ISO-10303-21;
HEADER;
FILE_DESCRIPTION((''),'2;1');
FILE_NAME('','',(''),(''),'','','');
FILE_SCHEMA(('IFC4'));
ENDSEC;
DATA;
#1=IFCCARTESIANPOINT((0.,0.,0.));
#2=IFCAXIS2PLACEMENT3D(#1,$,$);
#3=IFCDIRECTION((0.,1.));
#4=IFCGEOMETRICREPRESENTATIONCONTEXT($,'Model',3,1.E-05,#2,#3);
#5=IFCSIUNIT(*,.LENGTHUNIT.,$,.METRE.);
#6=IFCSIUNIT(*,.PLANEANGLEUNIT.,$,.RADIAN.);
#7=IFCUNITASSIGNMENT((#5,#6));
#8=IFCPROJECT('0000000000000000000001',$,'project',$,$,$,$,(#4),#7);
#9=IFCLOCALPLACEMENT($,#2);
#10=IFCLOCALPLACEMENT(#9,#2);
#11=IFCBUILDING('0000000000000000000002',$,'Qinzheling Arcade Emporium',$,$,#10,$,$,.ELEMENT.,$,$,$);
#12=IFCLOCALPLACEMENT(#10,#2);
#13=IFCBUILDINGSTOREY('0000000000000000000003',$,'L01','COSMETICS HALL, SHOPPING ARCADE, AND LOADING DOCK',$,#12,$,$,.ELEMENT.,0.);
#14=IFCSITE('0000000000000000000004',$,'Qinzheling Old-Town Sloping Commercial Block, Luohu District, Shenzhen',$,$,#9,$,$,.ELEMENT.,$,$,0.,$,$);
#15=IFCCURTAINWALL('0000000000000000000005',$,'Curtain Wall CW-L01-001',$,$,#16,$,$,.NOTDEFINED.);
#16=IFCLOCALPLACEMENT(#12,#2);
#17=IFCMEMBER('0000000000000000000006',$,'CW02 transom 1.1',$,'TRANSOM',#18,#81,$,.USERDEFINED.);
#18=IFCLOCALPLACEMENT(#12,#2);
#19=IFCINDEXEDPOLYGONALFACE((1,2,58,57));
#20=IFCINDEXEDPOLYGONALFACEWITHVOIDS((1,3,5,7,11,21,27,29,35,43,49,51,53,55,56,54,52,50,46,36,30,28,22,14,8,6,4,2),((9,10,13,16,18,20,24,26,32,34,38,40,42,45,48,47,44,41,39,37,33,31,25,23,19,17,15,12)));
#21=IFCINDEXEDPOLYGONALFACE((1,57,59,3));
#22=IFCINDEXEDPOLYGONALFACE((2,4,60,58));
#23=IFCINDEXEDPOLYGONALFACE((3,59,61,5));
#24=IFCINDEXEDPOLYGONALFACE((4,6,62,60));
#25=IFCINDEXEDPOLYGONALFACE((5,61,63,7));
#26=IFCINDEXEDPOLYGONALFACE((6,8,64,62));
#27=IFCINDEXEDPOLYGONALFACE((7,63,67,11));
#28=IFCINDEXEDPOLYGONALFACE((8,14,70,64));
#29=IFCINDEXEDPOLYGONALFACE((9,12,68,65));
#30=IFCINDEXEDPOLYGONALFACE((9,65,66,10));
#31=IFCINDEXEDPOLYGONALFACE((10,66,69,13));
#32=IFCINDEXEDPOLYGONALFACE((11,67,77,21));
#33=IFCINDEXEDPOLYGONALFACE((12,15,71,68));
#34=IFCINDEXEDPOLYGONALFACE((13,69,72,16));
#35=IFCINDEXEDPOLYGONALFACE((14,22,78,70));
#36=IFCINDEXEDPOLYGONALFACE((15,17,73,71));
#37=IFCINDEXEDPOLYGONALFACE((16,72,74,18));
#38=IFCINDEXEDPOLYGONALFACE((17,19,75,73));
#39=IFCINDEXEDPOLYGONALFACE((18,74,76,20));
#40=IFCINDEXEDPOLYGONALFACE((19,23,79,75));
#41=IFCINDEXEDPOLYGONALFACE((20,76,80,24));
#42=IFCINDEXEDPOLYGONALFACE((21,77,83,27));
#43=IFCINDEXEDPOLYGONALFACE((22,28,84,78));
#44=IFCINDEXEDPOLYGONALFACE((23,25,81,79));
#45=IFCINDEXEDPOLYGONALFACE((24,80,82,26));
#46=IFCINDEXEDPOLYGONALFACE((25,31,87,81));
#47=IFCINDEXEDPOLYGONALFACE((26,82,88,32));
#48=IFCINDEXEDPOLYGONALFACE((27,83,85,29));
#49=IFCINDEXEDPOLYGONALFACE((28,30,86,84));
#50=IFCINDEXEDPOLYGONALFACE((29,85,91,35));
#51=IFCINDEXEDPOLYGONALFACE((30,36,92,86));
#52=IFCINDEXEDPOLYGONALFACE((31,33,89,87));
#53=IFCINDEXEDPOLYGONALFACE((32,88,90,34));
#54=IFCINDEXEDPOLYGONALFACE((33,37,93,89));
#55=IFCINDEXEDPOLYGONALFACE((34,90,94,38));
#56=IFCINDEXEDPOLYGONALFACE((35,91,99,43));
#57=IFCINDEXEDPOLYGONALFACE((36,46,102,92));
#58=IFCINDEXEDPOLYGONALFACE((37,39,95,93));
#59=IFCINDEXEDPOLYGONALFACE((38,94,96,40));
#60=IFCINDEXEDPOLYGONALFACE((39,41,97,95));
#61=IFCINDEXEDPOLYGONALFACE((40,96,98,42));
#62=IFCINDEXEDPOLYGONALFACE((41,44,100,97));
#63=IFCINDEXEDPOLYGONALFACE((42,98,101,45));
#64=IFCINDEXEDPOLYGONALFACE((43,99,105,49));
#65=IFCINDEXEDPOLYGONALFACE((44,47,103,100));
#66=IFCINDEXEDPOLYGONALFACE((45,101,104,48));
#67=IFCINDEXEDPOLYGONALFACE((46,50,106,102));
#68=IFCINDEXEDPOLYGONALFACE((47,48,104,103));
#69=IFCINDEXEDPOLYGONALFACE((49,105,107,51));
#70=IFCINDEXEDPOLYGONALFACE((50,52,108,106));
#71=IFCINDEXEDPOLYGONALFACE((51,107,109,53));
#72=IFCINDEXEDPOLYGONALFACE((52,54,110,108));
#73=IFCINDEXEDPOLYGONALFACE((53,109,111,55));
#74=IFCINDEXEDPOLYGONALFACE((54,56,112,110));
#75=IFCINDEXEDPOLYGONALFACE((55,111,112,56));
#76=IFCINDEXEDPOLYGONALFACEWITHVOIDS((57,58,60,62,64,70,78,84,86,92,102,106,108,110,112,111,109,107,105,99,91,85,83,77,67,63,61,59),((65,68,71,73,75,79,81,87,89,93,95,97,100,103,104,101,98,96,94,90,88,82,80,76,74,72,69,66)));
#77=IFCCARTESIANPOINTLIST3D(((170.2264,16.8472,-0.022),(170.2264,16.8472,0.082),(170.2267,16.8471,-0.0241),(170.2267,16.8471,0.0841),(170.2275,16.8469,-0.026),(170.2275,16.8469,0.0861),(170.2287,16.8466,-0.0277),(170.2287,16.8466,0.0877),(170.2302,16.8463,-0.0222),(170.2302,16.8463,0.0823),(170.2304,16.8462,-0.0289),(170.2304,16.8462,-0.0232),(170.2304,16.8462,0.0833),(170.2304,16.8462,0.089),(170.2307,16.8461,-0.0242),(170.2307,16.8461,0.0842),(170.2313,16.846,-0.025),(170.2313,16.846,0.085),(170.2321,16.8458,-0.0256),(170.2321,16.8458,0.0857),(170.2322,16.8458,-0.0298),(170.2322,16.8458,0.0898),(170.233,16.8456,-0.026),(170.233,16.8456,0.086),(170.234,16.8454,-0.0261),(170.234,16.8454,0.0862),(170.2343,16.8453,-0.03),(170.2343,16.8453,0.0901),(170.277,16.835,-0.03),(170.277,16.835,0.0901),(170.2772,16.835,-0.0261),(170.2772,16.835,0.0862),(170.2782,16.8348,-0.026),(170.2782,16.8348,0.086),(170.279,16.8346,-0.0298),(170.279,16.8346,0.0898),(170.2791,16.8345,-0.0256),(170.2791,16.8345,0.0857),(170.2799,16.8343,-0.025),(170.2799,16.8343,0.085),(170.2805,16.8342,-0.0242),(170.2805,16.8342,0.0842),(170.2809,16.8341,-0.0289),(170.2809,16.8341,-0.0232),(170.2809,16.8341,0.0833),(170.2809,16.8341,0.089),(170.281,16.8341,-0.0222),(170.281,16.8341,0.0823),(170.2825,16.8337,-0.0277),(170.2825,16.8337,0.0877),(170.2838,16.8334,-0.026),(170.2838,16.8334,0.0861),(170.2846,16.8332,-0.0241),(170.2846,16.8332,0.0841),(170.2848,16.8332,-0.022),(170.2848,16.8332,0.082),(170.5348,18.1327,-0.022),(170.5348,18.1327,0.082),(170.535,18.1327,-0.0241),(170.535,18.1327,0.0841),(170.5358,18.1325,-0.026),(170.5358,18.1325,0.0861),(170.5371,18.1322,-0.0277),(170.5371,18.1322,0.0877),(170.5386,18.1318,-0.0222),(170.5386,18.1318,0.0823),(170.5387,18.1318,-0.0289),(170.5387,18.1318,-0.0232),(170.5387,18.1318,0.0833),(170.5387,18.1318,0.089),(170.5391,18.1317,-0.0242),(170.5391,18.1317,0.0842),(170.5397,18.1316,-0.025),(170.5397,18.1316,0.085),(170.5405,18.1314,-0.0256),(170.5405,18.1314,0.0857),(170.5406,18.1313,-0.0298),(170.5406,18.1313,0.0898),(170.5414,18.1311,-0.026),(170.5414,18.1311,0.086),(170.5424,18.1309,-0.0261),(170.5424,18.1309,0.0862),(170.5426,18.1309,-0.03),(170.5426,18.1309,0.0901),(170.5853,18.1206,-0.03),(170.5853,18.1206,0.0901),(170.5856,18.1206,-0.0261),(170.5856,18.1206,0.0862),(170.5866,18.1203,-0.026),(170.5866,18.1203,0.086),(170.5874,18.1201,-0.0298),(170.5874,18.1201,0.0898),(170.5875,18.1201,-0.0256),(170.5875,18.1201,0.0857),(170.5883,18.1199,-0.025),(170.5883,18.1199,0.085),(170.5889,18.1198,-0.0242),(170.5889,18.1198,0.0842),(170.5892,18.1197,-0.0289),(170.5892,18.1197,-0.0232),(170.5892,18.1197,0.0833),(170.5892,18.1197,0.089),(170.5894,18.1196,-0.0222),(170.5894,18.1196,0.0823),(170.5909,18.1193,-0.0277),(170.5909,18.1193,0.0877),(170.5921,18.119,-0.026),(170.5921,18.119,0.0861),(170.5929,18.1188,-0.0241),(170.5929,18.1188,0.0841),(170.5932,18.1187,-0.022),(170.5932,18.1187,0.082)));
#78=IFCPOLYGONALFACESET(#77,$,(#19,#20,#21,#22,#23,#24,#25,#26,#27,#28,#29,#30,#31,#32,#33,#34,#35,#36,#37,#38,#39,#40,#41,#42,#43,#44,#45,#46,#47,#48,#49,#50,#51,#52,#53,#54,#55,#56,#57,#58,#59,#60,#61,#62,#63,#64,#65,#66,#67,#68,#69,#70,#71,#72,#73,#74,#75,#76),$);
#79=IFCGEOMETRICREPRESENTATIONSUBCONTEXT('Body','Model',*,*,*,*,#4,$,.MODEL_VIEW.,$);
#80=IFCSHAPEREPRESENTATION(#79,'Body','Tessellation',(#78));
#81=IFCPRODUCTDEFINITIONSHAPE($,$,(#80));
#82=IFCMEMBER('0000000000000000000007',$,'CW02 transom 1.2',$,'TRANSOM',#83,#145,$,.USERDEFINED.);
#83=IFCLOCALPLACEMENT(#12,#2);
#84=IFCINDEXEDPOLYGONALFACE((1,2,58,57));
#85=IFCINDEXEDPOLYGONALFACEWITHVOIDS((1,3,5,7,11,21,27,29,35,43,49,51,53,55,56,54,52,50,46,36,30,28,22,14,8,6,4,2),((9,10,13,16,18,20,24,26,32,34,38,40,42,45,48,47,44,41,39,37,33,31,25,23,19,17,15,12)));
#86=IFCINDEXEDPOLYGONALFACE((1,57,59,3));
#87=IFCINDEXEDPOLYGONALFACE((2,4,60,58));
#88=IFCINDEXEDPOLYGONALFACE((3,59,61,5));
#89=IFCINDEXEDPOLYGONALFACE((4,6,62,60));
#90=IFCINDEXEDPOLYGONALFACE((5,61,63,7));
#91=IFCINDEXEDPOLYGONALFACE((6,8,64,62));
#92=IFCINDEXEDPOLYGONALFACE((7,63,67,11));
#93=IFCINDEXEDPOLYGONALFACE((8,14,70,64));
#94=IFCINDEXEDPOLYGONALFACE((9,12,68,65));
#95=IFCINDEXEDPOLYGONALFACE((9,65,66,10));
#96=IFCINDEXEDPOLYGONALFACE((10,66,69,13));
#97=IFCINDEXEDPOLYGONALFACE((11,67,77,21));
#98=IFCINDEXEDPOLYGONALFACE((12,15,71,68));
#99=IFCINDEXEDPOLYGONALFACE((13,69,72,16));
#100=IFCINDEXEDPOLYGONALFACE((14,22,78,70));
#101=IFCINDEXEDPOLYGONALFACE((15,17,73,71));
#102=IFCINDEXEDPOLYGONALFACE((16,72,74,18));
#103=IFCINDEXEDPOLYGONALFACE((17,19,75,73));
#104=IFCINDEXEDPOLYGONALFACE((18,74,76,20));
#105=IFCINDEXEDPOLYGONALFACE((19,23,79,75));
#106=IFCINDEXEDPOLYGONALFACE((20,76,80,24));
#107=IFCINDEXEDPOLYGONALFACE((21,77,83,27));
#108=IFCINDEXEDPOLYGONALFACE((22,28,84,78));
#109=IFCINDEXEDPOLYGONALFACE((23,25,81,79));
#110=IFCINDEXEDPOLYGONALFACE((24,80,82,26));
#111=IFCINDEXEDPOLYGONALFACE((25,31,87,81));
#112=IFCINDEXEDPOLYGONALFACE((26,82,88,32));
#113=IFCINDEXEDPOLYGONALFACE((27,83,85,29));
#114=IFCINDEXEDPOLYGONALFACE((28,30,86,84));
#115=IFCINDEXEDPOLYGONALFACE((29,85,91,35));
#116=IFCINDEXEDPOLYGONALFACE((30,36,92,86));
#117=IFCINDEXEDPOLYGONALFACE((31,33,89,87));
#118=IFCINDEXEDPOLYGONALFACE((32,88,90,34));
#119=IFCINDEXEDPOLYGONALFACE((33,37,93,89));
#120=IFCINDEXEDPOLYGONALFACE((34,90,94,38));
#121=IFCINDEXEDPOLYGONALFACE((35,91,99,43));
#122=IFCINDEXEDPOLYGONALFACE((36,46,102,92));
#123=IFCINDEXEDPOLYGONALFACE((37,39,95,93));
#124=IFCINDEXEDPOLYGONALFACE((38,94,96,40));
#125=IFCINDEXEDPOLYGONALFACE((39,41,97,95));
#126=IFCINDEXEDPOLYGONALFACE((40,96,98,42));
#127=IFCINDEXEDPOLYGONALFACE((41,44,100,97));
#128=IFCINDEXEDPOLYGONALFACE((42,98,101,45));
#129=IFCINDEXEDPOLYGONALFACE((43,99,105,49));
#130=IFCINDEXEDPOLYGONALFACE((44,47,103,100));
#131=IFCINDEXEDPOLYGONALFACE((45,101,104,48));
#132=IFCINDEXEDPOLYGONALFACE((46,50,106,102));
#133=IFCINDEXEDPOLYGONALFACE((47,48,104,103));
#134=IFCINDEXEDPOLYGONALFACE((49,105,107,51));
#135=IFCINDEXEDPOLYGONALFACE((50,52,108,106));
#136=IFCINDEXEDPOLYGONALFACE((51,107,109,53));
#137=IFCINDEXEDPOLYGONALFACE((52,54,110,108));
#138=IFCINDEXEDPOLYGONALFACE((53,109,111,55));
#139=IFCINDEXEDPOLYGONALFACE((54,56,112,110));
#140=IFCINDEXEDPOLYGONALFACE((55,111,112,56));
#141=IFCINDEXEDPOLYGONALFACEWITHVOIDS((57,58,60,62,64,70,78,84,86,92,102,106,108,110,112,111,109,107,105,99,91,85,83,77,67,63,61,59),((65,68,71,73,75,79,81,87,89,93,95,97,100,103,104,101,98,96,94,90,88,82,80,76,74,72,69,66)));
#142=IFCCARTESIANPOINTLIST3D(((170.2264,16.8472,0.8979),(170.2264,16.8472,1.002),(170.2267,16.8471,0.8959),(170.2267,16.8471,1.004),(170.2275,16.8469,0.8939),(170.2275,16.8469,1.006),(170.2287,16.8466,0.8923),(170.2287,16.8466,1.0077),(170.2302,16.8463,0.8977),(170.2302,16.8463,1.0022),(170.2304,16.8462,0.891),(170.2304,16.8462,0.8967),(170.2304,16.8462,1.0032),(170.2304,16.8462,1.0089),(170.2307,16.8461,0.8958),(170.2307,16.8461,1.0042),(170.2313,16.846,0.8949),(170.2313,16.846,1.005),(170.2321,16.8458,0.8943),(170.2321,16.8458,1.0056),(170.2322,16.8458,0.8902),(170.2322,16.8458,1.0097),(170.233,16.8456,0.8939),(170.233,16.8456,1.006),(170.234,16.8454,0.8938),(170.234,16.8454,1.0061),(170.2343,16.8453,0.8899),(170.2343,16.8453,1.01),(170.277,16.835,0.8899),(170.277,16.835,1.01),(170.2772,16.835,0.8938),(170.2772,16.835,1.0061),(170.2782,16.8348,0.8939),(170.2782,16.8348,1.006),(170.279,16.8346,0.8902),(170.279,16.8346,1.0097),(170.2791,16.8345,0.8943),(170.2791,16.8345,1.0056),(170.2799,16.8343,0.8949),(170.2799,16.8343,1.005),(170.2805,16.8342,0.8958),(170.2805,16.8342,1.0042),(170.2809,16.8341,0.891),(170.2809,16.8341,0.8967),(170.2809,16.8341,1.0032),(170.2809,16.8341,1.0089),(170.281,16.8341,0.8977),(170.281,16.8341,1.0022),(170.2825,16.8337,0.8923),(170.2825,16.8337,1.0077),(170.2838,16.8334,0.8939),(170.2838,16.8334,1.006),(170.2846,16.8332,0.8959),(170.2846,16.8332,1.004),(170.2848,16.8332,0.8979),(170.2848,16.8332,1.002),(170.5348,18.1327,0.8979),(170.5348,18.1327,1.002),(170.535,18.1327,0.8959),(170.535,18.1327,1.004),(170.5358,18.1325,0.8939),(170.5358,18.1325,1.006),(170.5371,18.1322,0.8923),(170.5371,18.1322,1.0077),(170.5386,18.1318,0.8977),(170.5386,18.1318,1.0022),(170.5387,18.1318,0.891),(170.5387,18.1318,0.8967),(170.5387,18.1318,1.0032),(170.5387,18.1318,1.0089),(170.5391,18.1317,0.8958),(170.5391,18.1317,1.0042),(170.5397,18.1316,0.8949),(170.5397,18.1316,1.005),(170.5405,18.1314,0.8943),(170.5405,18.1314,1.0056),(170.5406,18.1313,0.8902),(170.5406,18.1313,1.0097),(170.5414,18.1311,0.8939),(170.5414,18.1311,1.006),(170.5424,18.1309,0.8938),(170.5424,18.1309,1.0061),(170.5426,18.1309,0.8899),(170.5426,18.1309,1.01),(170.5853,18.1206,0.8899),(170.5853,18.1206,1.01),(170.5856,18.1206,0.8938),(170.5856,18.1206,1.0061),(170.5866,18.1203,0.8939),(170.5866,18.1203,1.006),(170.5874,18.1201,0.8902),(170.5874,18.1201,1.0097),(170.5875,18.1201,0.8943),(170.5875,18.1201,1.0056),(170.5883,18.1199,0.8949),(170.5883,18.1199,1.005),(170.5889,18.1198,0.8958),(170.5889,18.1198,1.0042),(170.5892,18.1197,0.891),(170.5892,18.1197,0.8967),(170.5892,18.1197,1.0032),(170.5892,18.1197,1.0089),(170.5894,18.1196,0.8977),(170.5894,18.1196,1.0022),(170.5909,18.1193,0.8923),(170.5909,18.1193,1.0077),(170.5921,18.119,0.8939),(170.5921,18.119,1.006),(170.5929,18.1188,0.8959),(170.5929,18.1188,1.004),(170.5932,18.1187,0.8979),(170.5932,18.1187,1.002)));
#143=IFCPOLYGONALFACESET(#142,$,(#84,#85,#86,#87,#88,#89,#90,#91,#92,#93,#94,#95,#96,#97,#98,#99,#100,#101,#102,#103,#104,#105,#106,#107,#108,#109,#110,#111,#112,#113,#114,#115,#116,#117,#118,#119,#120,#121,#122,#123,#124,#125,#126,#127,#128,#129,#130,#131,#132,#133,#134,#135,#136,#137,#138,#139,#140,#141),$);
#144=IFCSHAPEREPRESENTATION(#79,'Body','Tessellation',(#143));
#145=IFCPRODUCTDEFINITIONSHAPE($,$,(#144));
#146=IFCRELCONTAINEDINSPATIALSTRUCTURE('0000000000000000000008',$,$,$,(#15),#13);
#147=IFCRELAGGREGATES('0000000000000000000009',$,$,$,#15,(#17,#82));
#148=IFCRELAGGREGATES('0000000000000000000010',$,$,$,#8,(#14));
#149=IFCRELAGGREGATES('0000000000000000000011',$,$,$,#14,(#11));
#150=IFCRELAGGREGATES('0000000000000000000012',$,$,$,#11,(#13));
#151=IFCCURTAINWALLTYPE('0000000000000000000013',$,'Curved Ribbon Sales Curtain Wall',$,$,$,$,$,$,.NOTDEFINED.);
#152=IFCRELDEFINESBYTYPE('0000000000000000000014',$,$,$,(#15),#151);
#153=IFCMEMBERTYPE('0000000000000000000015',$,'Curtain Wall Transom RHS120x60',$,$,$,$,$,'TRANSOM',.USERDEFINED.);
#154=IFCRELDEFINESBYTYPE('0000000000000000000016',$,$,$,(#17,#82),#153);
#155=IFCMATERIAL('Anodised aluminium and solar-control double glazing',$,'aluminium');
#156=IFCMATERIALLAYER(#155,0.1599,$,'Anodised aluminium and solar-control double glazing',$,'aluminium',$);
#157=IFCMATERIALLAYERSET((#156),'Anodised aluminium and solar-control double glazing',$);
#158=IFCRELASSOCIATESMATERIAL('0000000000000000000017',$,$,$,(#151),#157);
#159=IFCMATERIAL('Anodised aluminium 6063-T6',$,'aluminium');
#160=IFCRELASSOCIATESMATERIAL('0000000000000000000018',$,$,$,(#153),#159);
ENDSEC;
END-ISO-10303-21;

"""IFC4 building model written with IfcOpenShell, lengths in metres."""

from ifc_helpers import new_model, si_unit, direction, frame, origin, origin_2d, place, context, subcontext, project, spatial, hollow_rectangle, extrude, material, layer, layer_set, material_profile, profile_set, type_object, element, aggregate, save


model = new_model("IFC4")

# Units and contexts
model_context = context("Model", 3, precision=1e-05, world=origin(), true_north=direction((0.0, 1.0)))
body_context = subcontext(model_context, "Body", "Model", "MODEL_VIEW")
ifc_project = project(units=[si_unit("LENGTHUNIT", "METRE"), si_unit("PLANEANGLEUNIT", "RADIAN")], contexts=[model_context])

# Site, building, storey
site_placement = place(None, origin())
site = spatial("IfcSite", under=ifc_project, at=site_placement, Name="Qinzheling Old-Town Sloping Commercial Block, Luohu District, Shenzhen", CompositionType="ELEMENT", RefElevation=0.0)
building_placement = place(site_placement, origin())
building = spatial("IfcBuilding", under=site, at=building_placement, Name="Qinzheling Arcade Emporium", CompositionType="ELEMENT")
storey_placement = place(building_placement, origin())
storey = spatial("IfcBuildingStorey", under=building, at=storey_placement, Name="L01", Description="COSMETICS HALL, SHOPPING ARCADE, AND LOADING DOCK", CompositionType="ELEMENT", Elevation=0.0)

# Curtain wall
ifc_material_1 = material(Name="Anodised aluminium and solar-control double glazing", Category="aluminium")
ifc_layer_1 = layer(ifc_material_1, 0.1599, Name="Anodised aluminium and solar-control double glazing", Category="aluminium")
ifc_layer_set_1 = layer_set([ifc_layer_1], Name="Anodised aluminium and solar-control double glazing")
curtain_wall_type = type_object("IfcCurtainWallType", Name="Curved Ribbon Sales Curtain Wall", PredefinedType="NOTDEFINED", material=ifc_layer_set_1)
curtain_wall_1_placement = place(storey_placement, origin())
curtain_wall_1 = element("IfcCurtainWall", 1, at=curtain_wall_1_placement, inside=storey, type_object=curtain_wall_type, Name="Curtain Wall CW-L01-001", PredefinedType="NOTDEFINED")
ifc_material_2 = material(Name="Anodised aluminium 6063-T6", Category="aluminium")

# Members
ifc_material_profile_1 = material_profile(ifc_material_2, hollow_rectangle(XDim=0.0601, YDim=0.1201, WallThickness=0.0039, InnerFilletRadius=0.0039, OuterFilletRadius=0.0081, at=origin_2d()), Name="RHS 120x60x4", Category="aluminium")
ifc_profile_set_1 = profile_set([ifc_material_profile_1], Name="Anodised aluminium 6063-T6")
member_type_1 = type_object("IfcMemberType", Name="Curtain Wall Transom RHS120x60", ElementType="TRANSOM", PredefinedType="USERDEFINED", material=ifc_profile_set_1)
member_1_placement = place(storey_placement, frame((170.564, 18.1257, 0.03), z_axis=(-0.233226, -0.972422, 0.0), x_axis=(0.972422, -0.233226, 0.0)))
member_1 = element("IfcMember", 2, at=member_1_placement, type_object=member_type_1, Name="CW02 transom 1.1", ObjectType="TRANSOM", PredefinedType="USERDEFINED", context=body_context, shape_type="SweptSolid", body=[
    extrude(hollow_rectangle(XDim=0.0601, YDim=0.1201, WallThickness=0.0039, InnerFilletRadius=0.0039, OuterFilletRadius=0.0081, at=origin_2d()), origin(), (0.0, 0.0, 1.0), 1.322),
])
member_2_placement = place(storey_placement, frame((170.564, 18.1257, 0.95), z_axis=(-0.233226, -0.972422, 0.0), x_axis=(0.972422, -0.233226, 0.0)))
member_2 = element("IfcMember", 3, at=member_2_placement, type_object=member_type_1, Name="CW02 transom 1.2", ObjectType="TRANSOM", PredefinedType="USERDEFINED", context=body_context, shape_type="SweptSolid", body=[
    extrude(hollow_rectangle(XDim=0.0601, YDim=0.1201, WallThickness=0.0039, InnerFilletRadius=0.0039, OuterFilletRadius=0.0081, at=origin_2d()), origin(), (0.0, 0.0, 1.0), 1.322),
])

aggregate(curtain_wall_1, [member_1, member_2])

save(model, "model.ifc")
